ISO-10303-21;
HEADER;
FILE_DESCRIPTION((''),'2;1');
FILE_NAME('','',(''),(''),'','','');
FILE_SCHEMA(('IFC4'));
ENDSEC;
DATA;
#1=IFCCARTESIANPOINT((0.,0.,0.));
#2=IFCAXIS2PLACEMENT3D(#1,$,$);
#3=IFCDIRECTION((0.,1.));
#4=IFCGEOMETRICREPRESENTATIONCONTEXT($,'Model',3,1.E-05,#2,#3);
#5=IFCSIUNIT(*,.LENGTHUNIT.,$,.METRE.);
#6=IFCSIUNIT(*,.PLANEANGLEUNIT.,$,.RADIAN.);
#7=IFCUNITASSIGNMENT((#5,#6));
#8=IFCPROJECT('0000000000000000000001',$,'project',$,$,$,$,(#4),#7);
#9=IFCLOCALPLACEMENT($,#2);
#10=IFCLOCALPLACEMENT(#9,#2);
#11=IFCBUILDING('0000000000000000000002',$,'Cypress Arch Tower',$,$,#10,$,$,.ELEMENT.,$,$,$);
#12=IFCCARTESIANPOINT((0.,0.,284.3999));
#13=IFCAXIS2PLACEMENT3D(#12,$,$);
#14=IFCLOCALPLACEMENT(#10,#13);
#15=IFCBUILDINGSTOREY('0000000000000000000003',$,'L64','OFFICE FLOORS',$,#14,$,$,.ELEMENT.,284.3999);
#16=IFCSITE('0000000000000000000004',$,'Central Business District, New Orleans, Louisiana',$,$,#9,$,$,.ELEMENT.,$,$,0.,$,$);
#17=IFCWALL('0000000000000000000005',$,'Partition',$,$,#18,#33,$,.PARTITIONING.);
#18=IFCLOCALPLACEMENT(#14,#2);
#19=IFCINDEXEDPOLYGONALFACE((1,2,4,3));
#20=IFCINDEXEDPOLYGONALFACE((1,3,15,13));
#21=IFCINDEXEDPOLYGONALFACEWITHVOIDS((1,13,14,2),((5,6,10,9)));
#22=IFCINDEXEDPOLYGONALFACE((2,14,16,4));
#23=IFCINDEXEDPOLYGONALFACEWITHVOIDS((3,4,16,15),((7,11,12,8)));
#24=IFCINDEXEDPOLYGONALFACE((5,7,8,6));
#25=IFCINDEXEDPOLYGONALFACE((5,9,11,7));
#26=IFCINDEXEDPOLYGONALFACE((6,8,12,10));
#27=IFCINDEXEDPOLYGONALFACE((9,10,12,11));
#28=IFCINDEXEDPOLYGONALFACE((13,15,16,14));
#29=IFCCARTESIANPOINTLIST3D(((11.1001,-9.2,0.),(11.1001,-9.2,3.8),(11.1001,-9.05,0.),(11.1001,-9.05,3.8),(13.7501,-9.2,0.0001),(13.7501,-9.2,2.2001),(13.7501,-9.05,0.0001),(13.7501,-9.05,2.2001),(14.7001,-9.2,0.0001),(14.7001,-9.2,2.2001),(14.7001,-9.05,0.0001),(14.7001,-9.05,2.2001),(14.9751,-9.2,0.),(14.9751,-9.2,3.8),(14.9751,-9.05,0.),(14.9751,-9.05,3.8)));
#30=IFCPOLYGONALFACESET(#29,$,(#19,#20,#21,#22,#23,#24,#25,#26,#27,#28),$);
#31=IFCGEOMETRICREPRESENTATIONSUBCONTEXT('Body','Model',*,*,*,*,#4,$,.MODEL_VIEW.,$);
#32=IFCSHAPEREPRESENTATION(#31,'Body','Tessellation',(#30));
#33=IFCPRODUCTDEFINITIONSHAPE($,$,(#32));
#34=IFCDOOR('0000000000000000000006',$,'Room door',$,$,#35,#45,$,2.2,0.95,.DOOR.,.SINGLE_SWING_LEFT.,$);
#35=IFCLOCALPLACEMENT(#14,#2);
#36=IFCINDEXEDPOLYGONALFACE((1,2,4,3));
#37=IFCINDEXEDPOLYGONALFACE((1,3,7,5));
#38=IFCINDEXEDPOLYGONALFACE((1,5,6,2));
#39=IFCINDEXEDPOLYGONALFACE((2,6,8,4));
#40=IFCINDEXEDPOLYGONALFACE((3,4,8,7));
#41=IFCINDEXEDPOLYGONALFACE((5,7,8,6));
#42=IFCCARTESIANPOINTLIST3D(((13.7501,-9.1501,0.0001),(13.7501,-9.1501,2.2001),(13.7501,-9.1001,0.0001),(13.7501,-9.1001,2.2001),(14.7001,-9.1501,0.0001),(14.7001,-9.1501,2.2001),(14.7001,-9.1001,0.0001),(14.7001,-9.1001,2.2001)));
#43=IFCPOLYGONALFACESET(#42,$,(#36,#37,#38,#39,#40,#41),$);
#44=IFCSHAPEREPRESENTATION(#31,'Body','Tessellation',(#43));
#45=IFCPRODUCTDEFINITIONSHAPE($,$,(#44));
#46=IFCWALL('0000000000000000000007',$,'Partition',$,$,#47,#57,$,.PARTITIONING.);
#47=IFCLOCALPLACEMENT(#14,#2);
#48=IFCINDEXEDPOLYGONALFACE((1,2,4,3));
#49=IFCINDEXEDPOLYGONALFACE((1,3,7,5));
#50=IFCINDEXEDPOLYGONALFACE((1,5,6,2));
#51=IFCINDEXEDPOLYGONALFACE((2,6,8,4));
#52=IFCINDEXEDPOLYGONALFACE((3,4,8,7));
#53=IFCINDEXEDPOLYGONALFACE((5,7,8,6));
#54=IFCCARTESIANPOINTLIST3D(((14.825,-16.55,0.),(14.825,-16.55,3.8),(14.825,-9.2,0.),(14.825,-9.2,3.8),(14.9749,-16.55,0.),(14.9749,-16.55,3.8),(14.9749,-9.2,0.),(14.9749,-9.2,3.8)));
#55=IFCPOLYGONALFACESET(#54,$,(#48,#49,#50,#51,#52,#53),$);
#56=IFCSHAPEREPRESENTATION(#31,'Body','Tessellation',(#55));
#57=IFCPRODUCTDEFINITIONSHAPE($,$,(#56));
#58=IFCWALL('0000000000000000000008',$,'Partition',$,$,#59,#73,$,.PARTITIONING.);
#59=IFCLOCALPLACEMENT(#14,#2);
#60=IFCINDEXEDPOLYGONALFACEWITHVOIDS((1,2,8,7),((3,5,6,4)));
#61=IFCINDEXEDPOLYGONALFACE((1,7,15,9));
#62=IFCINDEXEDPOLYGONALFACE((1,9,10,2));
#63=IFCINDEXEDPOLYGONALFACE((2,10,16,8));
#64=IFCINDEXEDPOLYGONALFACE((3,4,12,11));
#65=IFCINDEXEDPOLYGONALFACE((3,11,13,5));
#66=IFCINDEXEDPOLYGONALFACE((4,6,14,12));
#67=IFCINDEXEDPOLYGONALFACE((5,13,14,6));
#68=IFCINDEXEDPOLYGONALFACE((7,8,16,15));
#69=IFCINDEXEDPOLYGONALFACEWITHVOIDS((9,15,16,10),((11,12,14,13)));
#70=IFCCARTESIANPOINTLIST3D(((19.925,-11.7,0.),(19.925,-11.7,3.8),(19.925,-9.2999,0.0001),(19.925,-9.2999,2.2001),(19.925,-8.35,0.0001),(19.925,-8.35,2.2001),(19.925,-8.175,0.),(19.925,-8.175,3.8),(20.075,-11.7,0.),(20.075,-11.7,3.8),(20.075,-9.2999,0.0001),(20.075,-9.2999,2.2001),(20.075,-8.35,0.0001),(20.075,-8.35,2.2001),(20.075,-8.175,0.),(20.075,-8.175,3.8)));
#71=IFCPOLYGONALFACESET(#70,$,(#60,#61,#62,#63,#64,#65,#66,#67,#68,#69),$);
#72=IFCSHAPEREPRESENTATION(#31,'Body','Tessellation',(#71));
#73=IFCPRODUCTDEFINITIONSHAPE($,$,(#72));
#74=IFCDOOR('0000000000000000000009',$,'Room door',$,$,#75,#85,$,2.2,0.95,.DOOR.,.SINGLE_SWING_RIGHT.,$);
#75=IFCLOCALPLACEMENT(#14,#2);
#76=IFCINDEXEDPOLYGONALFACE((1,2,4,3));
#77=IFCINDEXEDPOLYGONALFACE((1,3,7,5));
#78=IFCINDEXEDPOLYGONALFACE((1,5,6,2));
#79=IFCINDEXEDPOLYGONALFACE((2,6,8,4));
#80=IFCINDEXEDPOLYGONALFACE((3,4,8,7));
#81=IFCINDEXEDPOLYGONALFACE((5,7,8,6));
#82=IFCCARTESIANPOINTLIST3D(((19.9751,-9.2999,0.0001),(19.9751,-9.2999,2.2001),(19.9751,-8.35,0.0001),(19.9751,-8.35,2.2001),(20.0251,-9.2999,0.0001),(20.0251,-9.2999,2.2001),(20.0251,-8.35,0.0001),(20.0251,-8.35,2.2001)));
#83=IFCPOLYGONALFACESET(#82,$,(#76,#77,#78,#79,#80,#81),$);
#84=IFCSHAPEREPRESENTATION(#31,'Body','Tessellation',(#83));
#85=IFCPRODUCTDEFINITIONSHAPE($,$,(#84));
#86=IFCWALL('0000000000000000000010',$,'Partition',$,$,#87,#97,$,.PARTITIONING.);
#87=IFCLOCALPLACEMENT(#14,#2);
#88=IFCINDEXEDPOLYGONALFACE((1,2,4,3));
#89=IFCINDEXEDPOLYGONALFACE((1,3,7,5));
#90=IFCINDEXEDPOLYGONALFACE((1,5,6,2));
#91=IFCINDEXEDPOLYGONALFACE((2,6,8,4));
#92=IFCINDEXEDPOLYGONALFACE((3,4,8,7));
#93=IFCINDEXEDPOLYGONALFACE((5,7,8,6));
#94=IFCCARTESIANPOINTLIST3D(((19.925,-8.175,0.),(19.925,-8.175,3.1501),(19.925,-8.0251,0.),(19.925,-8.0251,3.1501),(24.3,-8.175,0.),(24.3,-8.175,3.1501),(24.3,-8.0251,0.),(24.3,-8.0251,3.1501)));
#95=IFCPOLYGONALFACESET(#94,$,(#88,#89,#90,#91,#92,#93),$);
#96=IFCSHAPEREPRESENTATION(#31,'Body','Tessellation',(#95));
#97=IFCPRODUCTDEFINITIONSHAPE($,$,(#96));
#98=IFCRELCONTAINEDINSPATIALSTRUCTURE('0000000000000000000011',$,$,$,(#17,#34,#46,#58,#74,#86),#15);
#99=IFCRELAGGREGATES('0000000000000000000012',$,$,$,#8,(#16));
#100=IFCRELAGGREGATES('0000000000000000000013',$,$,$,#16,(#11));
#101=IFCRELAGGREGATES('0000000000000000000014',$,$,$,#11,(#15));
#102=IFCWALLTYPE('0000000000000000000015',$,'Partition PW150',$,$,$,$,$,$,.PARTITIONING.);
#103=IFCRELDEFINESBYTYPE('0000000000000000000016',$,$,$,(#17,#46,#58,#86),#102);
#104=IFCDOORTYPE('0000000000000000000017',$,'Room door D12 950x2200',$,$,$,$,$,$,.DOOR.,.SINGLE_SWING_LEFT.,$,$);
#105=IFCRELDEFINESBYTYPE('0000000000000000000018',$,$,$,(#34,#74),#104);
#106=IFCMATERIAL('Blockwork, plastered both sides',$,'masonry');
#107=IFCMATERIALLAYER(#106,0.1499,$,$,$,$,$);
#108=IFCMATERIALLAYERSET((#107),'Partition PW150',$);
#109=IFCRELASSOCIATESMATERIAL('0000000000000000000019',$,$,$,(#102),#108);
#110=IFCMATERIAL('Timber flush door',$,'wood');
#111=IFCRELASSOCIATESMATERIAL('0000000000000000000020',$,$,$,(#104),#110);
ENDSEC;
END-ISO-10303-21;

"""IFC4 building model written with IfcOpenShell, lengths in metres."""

from ifc_helpers import new_model, si_unit, direction, frame, frame_2d, origin, place, context, subcontext, project, spatial, rectangle, extrude, material, layer, layer_set, type_object, element, fill, save


model = new_model("IFC4")

# Units and contexts
model_context = context("Model", 3, precision=1e-05, world=origin(), true_north=direction((0.0, 1.0)))
body_context = subcontext(model_context, "Body", "Model", "MODEL_VIEW")
ifc_project = project(units=[si_unit("LENGTHUNIT", "METRE"), si_unit("PLANEANGLEUNIT", "RADIAN")], contexts=[model_context])

# Site, building, storey
site_placement = place(None, origin())
site = spatial("IfcSite", under=ifc_project, at=site_placement, Name="Central Business District, New Orleans, Louisiana", CompositionType="ELEMENT", RefElevation=0.0)
building_placement = place(site_placement, origin())
building = spatial("IfcBuilding", under=site, at=building_placement, Name="Cypress Arch Tower", CompositionType="ELEMENT")
storey_placement = place(building_placement, frame((0.0, 0.0, 284.3999)))
storey = spatial("IfcBuildingStorey", under=building, at=storey_placement, Name="L64", Description="OFFICE FLOORS", CompositionType="ELEMENT", Elevation=284.3999)

# Wall, opening, door
ifc_material_1 = material(Name="Blockwork, plastered both sides", Category="masonry")
ifc_layer_1 = layer(ifc_material_1, 0.1499)
ifc_layer_set_1 = layer_set([ifc_layer_1], Name="Partition PW150")
wall_type_1 = type_object("IfcWallType", Name="Partition PW150", PredefinedType="PARTITIONING", material=ifc_layer_set_1)
wall_1_placement = place(storey_placement, frame((11.1001, -9.125, 0.0), z_axis=(0.0, 0.0, 1.0), x_axis=(1.0, 0.0, 0.0)))
wall_1 = element("IfcWall", 1, at=wall_1_placement, inside=storey, type_object=wall_type_1, Name="Partition", PredefinedType="PARTITIONING", context=body_context, shape_type="SweptSolid", body=[
    extrude(rectangle(XDim=3.875, YDim=0.1499, at=frame_2d((1.9375, 0.0))), origin(), (0.0, 0.0, 1.0), 3.8),
])
opening_1_placement = place(wall_1_placement, frame((2.6499, 0.0, 0.0)))
opening_1 = element("IfcOpeningElement", 2, at=opening_1_placement, cuts=wall_1, PredefinedType="OPENING", context=body_context, shape_type="SweptSolid", body=[
    extrude(rectangle(XDim=0.95, YDim=2.2, at=frame_2d((0.4751, 1.1001))), frame((0.0, 0.085, 0.0), z_axis=(0.0, -1.0, 0.0), x_axis=(1.0, 0.0, 0.0)), (0.0, 0.0, 1.0), 0.1699),
])
ifc_material_2 = material(Name="Timber flush door", Category="wood")
door_type = type_object("IfcDoorType", Name="Room door D12 950x2200", OperationType="SINGLE_SWING_LEFT", PredefinedType="DOOR", material=ifc_material_2)
door_1_placement = place(opening_1_placement, origin())
door_1 = element("IfcDoor", 3, at=door_1_placement, inside=storey, type_object=door_type, Name="Room door", OperationType="SINGLE_SWING_LEFT", OverallHeight=2.2, OverallWidth=0.95, PredefinedType="DOOR", context=body_context, shape_type="SweptSolid", body=[
    extrude(rectangle(XDim=0.95, YDim=2.2, at=frame_2d((0.4751, 1.1001))), frame((0.0, 0.0249, 0.0), z_axis=(0.0, -1.0, 0.0), x_axis=(1.0, 0.0, 0.0)), (0.0, 0.0, 1.0), 0.05),
])
fill(opening_1, door_1)

# Wall
wall_2_placement = place(storey_placement, frame((14.8999, -16.55, 0.0), z_axis=(0.0, 0.0, 1.0), x_axis=(0.0, 1.0, 0.0)))
element("IfcWall", 4, at=wall_2_placement, inside=storey, type_object=wall_type_1, Name="Partition", PredefinedType="PARTITIONING", context=body_context, shape_type="SweptSolid", body=[
    extrude(rectangle(XDim=7.3501, YDim=0.1499, at=frame_2d((3.675, 0.0))), origin(), (0.0, 0.0, 1.0), 3.8),
])

# Wall, opening, door
wall_3_placement = place(storey_placement, frame((20.0, -11.7, 0.0), z_axis=(0.0, 0.0, 1.0), x_axis=(0.0, 1.0, 0.0)))
wall_3 = element("IfcWall", 5, at=wall_3_placement, inside=storey, type_object=wall_type_1, Name="Partition", PredefinedType="PARTITIONING", context=body_context, shape_type="SweptSolid", body=[
    extrude(rectangle(XDim=3.5249, YDim=0.1499, at=frame_2d((1.7625, 0.0))), origin(), (0.0, 0.0, 1.0), 3.8),
])
opening_2_placement = place(wall_3_placement, frame((2.3999, 0.0, 0.0)))
opening_2 = element("IfcOpeningElement", 6, at=opening_2_placement, cuts=wall_3, PredefinedType="OPENING", context=body_context, shape_type="SweptSolid", body=[
    extrude(rectangle(XDim=0.95, YDim=2.2, at=frame_2d((0.4751, 1.1001))), frame((0.0, 0.085, 0.0), z_axis=(0.0, -1.0, 0.0), x_axis=(1.0, 0.0, 0.0)), (0.0, 0.0, 1.0), 0.1699),
])
door_2_placement = place(opening_2_placement, origin())
door_2 = element("IfcDoor", 7, at=door_2_placement, inside=storey, type_object=door_type, Name="Room door", OperationType="SINGLE_SWING_RIGHT", OverallHeight=2.2, OverallWidth=0.95, PredefinedType="DOOR", context=body_context, shape_type="SweptSolid", body=[
    extrude(rectangle(XDim=0.95, YDim=2.2, at=frame_2d((0.4751, 1.1001))), frame((0.0, 0.0249, 0.0), z_axis=(0.0, -1.0, 0.0), x_axis=(1.0, 0.0, 0.0)), (0.0, 0.0, 1.0), 0.05),
])
fill(opening_2, door_2)

# Wall
wall_4_placement = place(storey_placement, frame((19.925, -8.1001, 0.0), z_axis=(0.0, 0.0, 1.0), x_axis=(1.0, 0.0, 0.0)))
element("IfcWall", 8, at=wall_4_placement, inside=storey, type_object=wall_type_1, Name="Partition", PredefinedType="PARTITIONING", context=body_context, shape_type="SweptSolid", body=[
    extrude(rectangle(XDim=4.375, YDim=0.1499, at=frame_2d((2.1875, 0.0))), origin(), (0.0, 0.0, 1.0), 3.1501),
])

save(model, "model.ifc")
